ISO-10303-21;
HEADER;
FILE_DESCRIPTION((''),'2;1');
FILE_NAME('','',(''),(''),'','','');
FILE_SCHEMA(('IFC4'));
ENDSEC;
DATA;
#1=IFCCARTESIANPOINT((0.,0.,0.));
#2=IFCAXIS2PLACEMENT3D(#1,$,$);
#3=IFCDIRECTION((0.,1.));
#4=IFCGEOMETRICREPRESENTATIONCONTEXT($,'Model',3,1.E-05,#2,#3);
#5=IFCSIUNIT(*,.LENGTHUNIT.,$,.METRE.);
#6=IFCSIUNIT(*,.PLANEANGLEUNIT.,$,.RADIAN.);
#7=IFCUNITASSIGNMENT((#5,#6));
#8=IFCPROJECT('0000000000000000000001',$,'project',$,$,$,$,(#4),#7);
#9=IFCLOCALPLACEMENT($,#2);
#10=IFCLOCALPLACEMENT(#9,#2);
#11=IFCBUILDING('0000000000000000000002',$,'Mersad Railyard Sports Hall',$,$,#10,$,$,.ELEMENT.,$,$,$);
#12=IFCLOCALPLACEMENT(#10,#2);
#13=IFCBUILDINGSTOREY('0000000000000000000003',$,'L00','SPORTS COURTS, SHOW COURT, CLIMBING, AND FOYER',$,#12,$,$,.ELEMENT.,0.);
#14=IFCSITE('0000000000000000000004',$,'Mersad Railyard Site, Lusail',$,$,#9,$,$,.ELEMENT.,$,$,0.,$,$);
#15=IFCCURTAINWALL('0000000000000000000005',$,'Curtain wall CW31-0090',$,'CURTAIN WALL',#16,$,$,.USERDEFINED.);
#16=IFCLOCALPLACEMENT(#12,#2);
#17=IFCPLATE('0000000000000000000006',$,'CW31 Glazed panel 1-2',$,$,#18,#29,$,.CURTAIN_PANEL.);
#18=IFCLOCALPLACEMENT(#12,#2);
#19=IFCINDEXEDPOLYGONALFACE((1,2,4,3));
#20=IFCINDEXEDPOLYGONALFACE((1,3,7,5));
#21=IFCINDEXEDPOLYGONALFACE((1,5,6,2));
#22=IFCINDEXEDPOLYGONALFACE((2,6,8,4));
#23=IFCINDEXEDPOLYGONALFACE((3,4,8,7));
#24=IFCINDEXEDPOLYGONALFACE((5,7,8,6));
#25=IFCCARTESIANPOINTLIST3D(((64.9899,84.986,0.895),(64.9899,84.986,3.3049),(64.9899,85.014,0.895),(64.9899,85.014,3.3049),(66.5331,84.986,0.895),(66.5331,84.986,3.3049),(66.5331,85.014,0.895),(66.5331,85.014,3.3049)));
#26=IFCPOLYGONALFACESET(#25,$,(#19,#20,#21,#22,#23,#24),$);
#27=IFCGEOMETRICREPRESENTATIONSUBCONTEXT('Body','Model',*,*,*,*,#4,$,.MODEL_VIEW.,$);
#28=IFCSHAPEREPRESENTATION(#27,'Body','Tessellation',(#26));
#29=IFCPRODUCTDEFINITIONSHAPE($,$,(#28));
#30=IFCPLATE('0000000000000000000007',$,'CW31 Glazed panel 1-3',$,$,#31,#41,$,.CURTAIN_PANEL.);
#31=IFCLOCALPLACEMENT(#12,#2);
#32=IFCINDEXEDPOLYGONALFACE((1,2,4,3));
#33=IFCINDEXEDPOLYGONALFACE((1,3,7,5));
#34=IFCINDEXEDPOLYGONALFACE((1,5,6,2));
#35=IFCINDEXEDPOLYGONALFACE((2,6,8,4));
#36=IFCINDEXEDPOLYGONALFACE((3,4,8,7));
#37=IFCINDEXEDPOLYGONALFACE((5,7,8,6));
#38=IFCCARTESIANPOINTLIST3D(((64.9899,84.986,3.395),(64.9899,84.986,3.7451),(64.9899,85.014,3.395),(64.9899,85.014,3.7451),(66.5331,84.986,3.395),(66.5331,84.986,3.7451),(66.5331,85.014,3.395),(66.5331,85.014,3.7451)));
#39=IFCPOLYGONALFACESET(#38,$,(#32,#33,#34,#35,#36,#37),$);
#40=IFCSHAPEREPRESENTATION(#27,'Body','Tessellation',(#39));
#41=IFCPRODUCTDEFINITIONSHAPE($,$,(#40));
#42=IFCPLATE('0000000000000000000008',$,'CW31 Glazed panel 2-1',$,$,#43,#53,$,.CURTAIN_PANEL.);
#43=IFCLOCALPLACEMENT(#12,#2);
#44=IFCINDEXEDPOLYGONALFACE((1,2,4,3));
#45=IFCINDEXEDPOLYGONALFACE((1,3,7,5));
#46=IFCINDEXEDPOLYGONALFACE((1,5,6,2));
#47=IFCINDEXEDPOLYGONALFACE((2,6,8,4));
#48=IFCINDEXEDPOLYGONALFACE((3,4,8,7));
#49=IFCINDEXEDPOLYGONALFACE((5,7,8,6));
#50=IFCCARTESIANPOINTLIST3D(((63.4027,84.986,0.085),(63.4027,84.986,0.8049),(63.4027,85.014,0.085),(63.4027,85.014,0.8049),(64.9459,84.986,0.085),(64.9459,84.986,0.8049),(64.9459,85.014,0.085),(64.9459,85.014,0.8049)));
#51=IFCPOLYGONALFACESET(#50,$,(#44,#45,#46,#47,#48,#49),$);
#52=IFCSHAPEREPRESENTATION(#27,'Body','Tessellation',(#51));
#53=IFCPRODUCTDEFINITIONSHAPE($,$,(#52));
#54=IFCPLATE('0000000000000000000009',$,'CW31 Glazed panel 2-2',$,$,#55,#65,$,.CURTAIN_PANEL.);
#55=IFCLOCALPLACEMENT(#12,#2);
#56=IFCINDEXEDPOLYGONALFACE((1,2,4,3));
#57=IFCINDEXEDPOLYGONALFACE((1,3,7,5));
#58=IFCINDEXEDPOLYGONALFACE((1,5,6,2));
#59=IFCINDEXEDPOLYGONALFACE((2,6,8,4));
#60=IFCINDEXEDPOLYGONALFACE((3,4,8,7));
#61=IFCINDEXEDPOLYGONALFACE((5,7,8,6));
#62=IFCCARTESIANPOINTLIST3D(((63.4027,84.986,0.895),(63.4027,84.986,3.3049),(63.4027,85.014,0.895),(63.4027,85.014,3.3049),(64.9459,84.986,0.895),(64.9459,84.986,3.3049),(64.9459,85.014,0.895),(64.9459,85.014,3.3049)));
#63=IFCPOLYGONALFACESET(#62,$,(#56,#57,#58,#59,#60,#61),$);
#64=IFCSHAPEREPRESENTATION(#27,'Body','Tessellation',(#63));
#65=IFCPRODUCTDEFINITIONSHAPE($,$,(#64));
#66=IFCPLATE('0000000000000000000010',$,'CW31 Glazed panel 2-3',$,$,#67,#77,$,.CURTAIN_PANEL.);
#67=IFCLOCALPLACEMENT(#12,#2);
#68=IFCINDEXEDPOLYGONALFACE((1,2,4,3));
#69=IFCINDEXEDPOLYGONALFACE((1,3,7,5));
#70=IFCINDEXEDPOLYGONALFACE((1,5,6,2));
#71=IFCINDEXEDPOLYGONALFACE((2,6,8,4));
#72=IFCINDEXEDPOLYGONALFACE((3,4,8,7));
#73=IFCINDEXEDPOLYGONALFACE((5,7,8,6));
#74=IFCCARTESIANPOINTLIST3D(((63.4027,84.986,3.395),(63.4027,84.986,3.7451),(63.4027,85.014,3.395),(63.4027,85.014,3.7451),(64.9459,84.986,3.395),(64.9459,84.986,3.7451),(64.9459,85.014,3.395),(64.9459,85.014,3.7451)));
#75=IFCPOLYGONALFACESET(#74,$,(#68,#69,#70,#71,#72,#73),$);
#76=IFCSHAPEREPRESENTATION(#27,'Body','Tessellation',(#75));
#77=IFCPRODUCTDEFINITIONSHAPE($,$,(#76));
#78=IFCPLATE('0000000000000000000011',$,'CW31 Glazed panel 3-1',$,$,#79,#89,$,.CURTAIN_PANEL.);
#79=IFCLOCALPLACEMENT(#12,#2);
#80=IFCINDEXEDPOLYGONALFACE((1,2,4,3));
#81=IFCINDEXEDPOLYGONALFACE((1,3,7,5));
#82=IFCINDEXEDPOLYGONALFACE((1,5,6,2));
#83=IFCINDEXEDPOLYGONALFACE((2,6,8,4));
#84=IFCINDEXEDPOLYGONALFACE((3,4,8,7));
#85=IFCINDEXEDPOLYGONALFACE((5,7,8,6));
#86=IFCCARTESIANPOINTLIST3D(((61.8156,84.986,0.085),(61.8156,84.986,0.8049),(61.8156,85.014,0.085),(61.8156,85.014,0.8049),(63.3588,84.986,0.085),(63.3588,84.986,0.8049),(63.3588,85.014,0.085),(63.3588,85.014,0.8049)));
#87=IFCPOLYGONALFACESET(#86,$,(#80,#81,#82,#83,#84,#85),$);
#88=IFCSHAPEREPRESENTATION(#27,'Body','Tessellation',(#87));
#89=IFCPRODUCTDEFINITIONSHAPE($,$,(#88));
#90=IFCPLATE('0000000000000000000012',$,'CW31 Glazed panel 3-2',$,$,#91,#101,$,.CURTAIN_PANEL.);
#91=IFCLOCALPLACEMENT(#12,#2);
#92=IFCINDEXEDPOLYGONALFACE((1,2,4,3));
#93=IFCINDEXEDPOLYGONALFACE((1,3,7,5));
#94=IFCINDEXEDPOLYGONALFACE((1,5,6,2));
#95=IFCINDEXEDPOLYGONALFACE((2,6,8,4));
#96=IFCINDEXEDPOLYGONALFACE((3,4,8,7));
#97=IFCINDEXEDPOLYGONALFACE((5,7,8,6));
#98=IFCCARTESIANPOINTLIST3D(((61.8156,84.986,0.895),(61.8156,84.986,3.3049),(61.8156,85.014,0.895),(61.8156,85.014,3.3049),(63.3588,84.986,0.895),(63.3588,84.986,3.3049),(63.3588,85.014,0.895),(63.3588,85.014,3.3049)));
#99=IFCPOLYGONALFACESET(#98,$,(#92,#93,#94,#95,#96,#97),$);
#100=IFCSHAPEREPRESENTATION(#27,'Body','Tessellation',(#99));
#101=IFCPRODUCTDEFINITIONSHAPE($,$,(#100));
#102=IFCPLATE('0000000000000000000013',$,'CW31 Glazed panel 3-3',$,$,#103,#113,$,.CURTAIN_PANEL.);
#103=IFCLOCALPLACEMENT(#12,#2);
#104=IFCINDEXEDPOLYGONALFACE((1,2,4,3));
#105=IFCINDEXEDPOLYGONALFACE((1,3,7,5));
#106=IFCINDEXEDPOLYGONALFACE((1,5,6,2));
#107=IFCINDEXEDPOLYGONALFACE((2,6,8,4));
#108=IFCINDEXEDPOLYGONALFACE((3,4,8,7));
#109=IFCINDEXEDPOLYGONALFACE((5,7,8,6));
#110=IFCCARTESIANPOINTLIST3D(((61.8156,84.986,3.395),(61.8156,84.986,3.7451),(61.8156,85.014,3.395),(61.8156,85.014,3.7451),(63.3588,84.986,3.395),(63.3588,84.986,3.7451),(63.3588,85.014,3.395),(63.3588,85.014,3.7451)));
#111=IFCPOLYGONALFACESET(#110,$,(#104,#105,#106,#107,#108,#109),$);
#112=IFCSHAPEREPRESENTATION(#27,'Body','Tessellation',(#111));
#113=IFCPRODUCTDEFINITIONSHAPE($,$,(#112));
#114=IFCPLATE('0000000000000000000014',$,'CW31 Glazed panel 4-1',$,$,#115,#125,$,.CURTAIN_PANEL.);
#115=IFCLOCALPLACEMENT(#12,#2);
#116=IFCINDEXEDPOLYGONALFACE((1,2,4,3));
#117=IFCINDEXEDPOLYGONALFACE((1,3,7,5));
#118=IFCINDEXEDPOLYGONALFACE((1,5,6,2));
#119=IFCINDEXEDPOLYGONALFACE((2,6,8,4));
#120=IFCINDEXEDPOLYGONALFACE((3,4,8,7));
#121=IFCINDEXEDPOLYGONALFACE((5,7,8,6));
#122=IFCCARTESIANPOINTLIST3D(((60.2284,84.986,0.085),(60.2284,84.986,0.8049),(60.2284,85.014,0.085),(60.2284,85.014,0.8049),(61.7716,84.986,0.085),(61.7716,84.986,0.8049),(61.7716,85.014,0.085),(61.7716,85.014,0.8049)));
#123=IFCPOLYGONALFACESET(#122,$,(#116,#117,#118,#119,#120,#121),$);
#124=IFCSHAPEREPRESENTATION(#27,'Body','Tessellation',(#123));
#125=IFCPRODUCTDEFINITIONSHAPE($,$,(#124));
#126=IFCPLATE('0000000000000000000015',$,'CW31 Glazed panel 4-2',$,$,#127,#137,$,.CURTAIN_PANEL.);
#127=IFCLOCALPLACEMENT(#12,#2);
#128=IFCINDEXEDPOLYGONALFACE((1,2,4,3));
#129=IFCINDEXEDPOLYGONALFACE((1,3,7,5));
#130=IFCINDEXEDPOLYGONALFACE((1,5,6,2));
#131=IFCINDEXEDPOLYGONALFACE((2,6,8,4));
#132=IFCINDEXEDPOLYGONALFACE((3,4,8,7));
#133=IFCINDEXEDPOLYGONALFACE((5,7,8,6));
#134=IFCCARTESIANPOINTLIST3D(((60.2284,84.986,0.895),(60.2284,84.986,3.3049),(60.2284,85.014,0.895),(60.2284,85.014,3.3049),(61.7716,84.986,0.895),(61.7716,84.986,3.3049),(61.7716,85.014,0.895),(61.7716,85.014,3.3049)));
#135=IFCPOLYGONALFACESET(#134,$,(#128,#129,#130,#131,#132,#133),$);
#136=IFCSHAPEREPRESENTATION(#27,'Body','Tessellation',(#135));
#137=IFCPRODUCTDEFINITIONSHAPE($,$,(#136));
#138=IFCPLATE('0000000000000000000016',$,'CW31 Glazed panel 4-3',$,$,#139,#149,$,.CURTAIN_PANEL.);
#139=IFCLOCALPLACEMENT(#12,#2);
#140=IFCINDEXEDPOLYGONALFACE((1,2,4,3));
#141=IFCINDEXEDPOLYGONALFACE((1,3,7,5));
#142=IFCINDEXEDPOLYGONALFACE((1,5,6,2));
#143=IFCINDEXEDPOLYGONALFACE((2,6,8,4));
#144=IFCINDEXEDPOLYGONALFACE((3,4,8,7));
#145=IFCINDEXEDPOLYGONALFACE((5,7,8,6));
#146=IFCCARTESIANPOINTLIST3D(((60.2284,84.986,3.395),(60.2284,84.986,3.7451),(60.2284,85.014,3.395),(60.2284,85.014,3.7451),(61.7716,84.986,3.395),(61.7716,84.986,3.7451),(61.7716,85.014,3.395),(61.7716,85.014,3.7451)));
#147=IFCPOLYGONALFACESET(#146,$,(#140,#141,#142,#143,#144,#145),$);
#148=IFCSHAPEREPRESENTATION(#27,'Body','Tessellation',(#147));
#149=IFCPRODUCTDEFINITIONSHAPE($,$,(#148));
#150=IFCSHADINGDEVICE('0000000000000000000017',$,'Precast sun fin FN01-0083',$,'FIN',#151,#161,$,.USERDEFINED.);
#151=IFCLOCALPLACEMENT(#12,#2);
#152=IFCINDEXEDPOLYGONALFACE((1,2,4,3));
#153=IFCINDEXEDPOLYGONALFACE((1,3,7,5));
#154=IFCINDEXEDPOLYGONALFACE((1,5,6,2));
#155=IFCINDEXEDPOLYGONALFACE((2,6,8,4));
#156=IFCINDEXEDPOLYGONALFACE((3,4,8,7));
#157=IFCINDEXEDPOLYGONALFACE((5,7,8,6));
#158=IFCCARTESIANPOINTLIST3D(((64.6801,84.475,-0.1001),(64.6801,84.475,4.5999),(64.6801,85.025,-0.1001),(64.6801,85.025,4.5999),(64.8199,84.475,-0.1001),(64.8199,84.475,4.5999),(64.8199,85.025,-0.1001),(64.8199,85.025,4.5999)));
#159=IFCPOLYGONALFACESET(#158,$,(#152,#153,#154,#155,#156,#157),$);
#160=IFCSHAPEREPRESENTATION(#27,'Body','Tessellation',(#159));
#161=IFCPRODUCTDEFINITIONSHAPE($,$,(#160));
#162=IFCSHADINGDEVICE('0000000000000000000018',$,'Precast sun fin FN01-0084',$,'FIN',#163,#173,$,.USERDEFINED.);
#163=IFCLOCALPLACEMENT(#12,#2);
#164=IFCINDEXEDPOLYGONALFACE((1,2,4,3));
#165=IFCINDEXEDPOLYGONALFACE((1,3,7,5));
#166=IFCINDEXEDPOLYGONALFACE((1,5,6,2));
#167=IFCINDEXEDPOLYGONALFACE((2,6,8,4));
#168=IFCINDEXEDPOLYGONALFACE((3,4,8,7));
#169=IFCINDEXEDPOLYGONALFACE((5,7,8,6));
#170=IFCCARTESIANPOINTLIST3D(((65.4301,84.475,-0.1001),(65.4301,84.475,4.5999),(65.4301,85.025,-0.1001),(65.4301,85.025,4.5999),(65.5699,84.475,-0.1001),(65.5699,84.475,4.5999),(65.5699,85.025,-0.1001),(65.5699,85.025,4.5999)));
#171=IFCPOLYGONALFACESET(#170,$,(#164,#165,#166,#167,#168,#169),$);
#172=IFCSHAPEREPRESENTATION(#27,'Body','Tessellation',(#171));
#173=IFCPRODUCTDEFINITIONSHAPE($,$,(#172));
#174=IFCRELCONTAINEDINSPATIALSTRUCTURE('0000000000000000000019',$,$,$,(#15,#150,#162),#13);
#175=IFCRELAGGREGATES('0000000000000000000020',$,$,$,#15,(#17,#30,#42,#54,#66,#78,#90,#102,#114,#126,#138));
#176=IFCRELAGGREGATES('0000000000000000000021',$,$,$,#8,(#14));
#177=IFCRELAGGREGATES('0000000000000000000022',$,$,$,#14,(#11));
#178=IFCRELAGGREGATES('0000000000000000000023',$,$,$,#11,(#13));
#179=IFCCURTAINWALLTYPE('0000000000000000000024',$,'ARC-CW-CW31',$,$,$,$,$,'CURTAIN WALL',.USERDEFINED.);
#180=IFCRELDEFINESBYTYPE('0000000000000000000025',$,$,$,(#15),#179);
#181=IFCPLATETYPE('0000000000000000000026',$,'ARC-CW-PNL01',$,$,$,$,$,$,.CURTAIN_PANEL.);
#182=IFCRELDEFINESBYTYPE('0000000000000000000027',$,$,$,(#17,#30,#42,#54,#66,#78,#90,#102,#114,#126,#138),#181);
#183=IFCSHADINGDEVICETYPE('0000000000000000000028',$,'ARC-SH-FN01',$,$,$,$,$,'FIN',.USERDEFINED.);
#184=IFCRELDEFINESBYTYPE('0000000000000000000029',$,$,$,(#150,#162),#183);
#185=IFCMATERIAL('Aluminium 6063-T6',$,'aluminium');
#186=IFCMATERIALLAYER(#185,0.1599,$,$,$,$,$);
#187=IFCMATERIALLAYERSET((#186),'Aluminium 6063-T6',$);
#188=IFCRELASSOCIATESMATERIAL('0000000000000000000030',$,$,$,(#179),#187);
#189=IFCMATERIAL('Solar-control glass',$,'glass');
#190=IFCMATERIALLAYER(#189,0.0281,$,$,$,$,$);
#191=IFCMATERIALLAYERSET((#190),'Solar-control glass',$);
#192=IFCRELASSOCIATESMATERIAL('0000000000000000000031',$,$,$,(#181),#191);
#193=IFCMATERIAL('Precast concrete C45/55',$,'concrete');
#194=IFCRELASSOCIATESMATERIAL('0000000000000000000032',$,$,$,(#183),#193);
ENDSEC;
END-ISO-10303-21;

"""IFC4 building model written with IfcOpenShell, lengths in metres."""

from ifc_helpers import new_model, si_unit, direction, frame, origin, origin_2d, place, context, subcontext, project, spatial, rectangle, extrude, material, layer, layer_set, type_object, element, aggregate, save


model = new_model("IFC4")

# Units and contexts
model_context = context("Model", 3, precision=1e-05, world=origin(), true_north=direction((0.0, 1.0)))
body_context = subcontext(model_context, "Body", "Model", "MODEL_VIEW")
ifc_project = project(units=[si_unit("LENGTHUNIT", "METRE"), si_unit("PLANEANGLEUNIT", "RADIAN")], contexts=[model_context])

# Site, building, storey
site_placement = place(None, origin())
site = spatial("IfcSite", under=ifc_project, at=site_placement, Name="Mersad Railyard Site, Lusail", CompositionType="ELEMENT", RefElevation=0.0)
building_placement = place(site_placement, origin())
building = spatial("IfcBuilding", under=site, at=building_placement, Name="Mersad Railyard Sports Hall", CompositionType="ELEMENT")
storey_placement = place(building_placement, origin())
storey = spatial("IfcBuildingStorey", under=building, at=storey_placement, Name="L00", Description="SPORTS COURTS, SHOW COURT, CLIMBING, AND FOYER", CompositionType="ELEMENT", Elevation=0.0)

# Curtain wall, plates
ifc_material_1 = material(Name="Aluminium 6063-T6", Category="aluminium")
ifc_layer_1 = layer(ifc_material_1, 0.1599)
ifc_layer_set_1 = layer_set([ifc_layer_1], Name="Aluminium 6063-T6")
curtain_wall_type = type_object("IfcCurtainWallType", Name="ARC-CW-CW31", ElementType="CURTAIN WALL", PredefinedType="USERDEFINED", material=ifc_layer_set_1)
curtain_wall_placement = place(storey_placement, origin())
curtain_wall = element("IfcCurtainWall", 1, at=curtain_wall_placement, inside=storey, type_object=curtain_wall_type, Name="Curtain wall CW31-0090", ObjectType="CURTAIN WALL", PredefinedType="USERDEFINED")
ifc_material_2 = material(Name="Solar-control glass", Category="glass")
ifc_layer_2 = layer(ifc_material_2, 0.0281)
ifc_layer_set_2 = layer_set([ifc_layer_2], Name="Solar-control glass")
plate_type = type_object("IfcPlateType", Name="ARC-CW-PNL01", PredefinedType="CURTAIN_PANEL", material=ifc_layer_set_2)
plate_1_placement = place(storey_placement, frame((65.7615, 85.0, 0.895), z_axis=(0.0, 0.0, 1.0), x_axis=(-1.0, 0.0, 0.0)))
plate_1 = element("IfcPlate", 2, at=plate_1_placement, type_object=plate_type, Name="CW31 Glazed panel 1-2", PredefinedType="CURTAIN_PANEL", context=body_context, shape_type="SweptSolid", body=[
    extrude(rectangle(XDim=1.5432, YDim=0.0281, at=origin_2d()), origin(), (0.0, 0.0, 1.0), 2.4099),
])
plate_2_placement = place(storey_placement, frame((65.7615, 85.0, 3.395), z_axis=(0.0, 0.0, 1.0), x_axis=(-1.0, 0.0, 0.0)))
plate_2 = element("IfcPlate", 3, at=plate_2_placement, type_object=plate_type, Name="CW31 Glazed panel 1-3", PredefinedType="CURTAIN_PANEL", context=body_context, shape_type="SweptSolid", body=[
    extrude(rectangle(XDim=1.5432, YDim=0.0281, at=origin_2d()), origin(), (0.0, 0.0, 1.0), 0.3501),
])
plate_3_placement = place(storey_placement, frame((64.1743, 85.0, 0.085), z_axis=(0.0, 0.0, 1.0), x_axis=(-1.0, 0.0, 0.0)))
plate_3 = element("IfcPlate", 4, at=plate_3_placement, type_object=plate_type, Name="CW31 Glazed panel 2-1", PredefinedType="CURTAIN_PANEL", context=body_context, shape_type="SweptSolid", body=[
    extrude(rectangle(XDim=1.5432, YDim=0.0281, at=origin_2d()), origin(), (0.0, 0.0, 1.0), 0.72),
])
plate_4_placement = place(storey_placement, frame((64.1743, 85.0, 0.895), z_axis=(0.0, 0.0, 1.0), x_axis=(-1.0, 0.0, 0.0)))
plate_4 = element("IfcPlate", 5, at=plate_4_placement, type_object=plate_type, Name="CW31 Glazed panel 2-2", PredefinedType="CURTAIN_PANEL", context=body_context, shape_type="SweptSolid", body=[
    extrude(rectangle(XDim=1.5432, YDim=0.0281, at=origin_2d()), origin(), (0.0, 0.0, 1.0), 2.4099),
])
plate_5_placement = place(storey_placement, frame((64.1743, 85.0, 3.395), z_axis=(0.0, 0.0, 1.0), x_axis=(-1.0, 0.0, 0.0)))
plate_5 = element("IfcPlate", 6, at=plate_5_placement, type_object=plate_type, Name="CW31 Glazed panel 2-3", PredefinedType="CURTAIN_PANEL", context=body_context, shape_type="SweptSolid", body=[
    extrude(rectangle(XDim=1.5432, YDim=0.0281, at=origin_2d()), origin(), (0.0, 0.0, 1.0), 0.3501),
])
plate_6_placement = place(storey_placement, frame((62.5872, 85.0, 0.085), z_axis=(0.0, 0.0, 1.0), x_axis=(-1.0, 0.0, 0.0)))
plate_6 = element("IfcPlate", 7, at=plate_6_placement, type_object=plate_type, Name="CW31 Glazed panel 3-1", PredefinedType="CURTAIN_PANEL", context=body_context, shape_type="SweptSolid", body=[
    extrude(rectangle(XDim=1.5432, YDim=0.0281, at=origin_2d()), origin(), (0.0, 0.0, 1.0), 0.72),
])
plate_7_placement = place(storey_placement, frame((62.5872, 85.0, 0.895), z_axis=(0.0, 0.0, 1.0), x_axis=(-1.0, 0.0, 0.0)))
plate_7 = element("IfcPlate", 8, at=plate_7_placement, type_object=plate_type, Name="CW31 Glazed panel 3-2", PredefinedType="CURTAIN_PANEL", context=body_context, shape_type="SweptSolid", body=[
    extrude(rectangle(XDim=1.5432, YDim=0.0281, at=origin_2d()), origin(), (0.0, 0.0, 1.0), 2.4099),
])
plate_8_placement = place(storey_placement, frame((62.5872, 85.0, 3.395), z_axis=(0.0, 0.0, 1.0), x_axis=(-1.0, 0.0, 0.0)))
plate_8 = element("IfcPlate", 9, at=plate_8_placement, type_object=plate_type, Name="CW31 Glazed panel 3-3", PredefinedType="CURTAIN_PANEL", context=body_context, shape_type="SweptSolid", body=[
    extrude(rectangle(XDim=1.5432, YDim=0.0281, at=origin_2d()), origin(), (0.0, 0.0, 1.0), 0.3501),
])
plate_9_placement = place(storey_placement, frame((61.0, 85.0, 0.085), z_axis=(0.0, 0.0, 1.0), x_axis=(-1.0, 0.0, 0.0)))
plate_9 = element("IfcPlate", 10, at=plate_9_placement, type_object=plate_type, Name="CW31 Glazed panel 4-1", PredefinedType="CURTAIN_PANEL", context=body_context, shape_type="SweptSolid", body=[
    extrude(rectangle(XDim=1.5432, YDim=0.0281, at=origin_2d()), origin(), (0.0, 0.0, 1.0), 0.72),
])
plate_10_placement = place(storey_placement, frame((61.0, 85.0, 0.895), z_axis=(0.0, 0.0, 1.0), x_axis=(-1.0, 0.0, 0.0)))
plate_10 = element("IfcPlate", 11, at=plate_10_placement, type_object=plate_type, Name="CW31 Glazed panel 4-2", PredefinedType="CURTAIN_PANEL", context=body_context, shape_type="SweptSolid", body=[
    extrude(rectangle(XDim=1.5432, YDim=0.0281, at=origin_2d()), origin(), (0.0, 0.0, 1.0), 2.4099),
])
plate_11_placement = place(storey_placement, frame((61.0, 85.0, 3.395), z_axis=(0.0, 0.0, 1.0), x_axis=(-1.0, 0.0, 0.0)))
plate_11 = element("IfcPlate", 12, at=plate_11_placement, type_object=plate_type, Name="CW31 Glazed panel 4-3", PredefinedType="CURTAIN_PANEL", context=body_context, shape_type="SweptSolid", body=[
    extrude(rectangle(XDim=1.5432, YDim=0.0281, at=origin_2d()), origin(), (0.0, 0.0, 1.0), 0.3501),
])
aggregate(curtain_wall, [plate_1, plate_2, plate_3, plate_4, plate_5, plate_6, plate_7, plate_8, plate_9, plate_10, plate_11])

# Shading devices
ifc_material_3 = material(Name="Precast concrete C45/55", Category="concrete")
shading_device_type = type_object("IfcShadingDeviceType", Name="ARC-SH-FN01", ElementType="FIN", PredefinedType="USERDEFINED", material=ifc_material_3)
for number, where, z_axis, x_axis, name in (
    (13, (64.75, 84.75, -0.1001), (0.0, 0.0, 1.0), (1.0, 0.0, 0.0), "Precast sun fin FN01-0083"),
    (14, (65.5, 84.75, -0.1001), (0.0, 0.0, 1.0), (1.0, 0.0, 0.0), "Precast sun fin FN01-0084"),
):
    element("IfcShadingDevice", number, at=place(storey_placement, frame(where, z_axis=z_axis, x_axis=x_axis)), inside=storey, type_object=shading_device_type, Name=name, ObjectType="FIN", PredefinedType="USERDEFINED", context=body_context, shape_type="SweptSolid", body=[
        extrude(rectangle(XDim=0.1399, YDim=0.55, at=origin_2d()), origin(), (0.0, 0.0, 1.0), 4.7),
    ])

save(model, "model.ifc")
